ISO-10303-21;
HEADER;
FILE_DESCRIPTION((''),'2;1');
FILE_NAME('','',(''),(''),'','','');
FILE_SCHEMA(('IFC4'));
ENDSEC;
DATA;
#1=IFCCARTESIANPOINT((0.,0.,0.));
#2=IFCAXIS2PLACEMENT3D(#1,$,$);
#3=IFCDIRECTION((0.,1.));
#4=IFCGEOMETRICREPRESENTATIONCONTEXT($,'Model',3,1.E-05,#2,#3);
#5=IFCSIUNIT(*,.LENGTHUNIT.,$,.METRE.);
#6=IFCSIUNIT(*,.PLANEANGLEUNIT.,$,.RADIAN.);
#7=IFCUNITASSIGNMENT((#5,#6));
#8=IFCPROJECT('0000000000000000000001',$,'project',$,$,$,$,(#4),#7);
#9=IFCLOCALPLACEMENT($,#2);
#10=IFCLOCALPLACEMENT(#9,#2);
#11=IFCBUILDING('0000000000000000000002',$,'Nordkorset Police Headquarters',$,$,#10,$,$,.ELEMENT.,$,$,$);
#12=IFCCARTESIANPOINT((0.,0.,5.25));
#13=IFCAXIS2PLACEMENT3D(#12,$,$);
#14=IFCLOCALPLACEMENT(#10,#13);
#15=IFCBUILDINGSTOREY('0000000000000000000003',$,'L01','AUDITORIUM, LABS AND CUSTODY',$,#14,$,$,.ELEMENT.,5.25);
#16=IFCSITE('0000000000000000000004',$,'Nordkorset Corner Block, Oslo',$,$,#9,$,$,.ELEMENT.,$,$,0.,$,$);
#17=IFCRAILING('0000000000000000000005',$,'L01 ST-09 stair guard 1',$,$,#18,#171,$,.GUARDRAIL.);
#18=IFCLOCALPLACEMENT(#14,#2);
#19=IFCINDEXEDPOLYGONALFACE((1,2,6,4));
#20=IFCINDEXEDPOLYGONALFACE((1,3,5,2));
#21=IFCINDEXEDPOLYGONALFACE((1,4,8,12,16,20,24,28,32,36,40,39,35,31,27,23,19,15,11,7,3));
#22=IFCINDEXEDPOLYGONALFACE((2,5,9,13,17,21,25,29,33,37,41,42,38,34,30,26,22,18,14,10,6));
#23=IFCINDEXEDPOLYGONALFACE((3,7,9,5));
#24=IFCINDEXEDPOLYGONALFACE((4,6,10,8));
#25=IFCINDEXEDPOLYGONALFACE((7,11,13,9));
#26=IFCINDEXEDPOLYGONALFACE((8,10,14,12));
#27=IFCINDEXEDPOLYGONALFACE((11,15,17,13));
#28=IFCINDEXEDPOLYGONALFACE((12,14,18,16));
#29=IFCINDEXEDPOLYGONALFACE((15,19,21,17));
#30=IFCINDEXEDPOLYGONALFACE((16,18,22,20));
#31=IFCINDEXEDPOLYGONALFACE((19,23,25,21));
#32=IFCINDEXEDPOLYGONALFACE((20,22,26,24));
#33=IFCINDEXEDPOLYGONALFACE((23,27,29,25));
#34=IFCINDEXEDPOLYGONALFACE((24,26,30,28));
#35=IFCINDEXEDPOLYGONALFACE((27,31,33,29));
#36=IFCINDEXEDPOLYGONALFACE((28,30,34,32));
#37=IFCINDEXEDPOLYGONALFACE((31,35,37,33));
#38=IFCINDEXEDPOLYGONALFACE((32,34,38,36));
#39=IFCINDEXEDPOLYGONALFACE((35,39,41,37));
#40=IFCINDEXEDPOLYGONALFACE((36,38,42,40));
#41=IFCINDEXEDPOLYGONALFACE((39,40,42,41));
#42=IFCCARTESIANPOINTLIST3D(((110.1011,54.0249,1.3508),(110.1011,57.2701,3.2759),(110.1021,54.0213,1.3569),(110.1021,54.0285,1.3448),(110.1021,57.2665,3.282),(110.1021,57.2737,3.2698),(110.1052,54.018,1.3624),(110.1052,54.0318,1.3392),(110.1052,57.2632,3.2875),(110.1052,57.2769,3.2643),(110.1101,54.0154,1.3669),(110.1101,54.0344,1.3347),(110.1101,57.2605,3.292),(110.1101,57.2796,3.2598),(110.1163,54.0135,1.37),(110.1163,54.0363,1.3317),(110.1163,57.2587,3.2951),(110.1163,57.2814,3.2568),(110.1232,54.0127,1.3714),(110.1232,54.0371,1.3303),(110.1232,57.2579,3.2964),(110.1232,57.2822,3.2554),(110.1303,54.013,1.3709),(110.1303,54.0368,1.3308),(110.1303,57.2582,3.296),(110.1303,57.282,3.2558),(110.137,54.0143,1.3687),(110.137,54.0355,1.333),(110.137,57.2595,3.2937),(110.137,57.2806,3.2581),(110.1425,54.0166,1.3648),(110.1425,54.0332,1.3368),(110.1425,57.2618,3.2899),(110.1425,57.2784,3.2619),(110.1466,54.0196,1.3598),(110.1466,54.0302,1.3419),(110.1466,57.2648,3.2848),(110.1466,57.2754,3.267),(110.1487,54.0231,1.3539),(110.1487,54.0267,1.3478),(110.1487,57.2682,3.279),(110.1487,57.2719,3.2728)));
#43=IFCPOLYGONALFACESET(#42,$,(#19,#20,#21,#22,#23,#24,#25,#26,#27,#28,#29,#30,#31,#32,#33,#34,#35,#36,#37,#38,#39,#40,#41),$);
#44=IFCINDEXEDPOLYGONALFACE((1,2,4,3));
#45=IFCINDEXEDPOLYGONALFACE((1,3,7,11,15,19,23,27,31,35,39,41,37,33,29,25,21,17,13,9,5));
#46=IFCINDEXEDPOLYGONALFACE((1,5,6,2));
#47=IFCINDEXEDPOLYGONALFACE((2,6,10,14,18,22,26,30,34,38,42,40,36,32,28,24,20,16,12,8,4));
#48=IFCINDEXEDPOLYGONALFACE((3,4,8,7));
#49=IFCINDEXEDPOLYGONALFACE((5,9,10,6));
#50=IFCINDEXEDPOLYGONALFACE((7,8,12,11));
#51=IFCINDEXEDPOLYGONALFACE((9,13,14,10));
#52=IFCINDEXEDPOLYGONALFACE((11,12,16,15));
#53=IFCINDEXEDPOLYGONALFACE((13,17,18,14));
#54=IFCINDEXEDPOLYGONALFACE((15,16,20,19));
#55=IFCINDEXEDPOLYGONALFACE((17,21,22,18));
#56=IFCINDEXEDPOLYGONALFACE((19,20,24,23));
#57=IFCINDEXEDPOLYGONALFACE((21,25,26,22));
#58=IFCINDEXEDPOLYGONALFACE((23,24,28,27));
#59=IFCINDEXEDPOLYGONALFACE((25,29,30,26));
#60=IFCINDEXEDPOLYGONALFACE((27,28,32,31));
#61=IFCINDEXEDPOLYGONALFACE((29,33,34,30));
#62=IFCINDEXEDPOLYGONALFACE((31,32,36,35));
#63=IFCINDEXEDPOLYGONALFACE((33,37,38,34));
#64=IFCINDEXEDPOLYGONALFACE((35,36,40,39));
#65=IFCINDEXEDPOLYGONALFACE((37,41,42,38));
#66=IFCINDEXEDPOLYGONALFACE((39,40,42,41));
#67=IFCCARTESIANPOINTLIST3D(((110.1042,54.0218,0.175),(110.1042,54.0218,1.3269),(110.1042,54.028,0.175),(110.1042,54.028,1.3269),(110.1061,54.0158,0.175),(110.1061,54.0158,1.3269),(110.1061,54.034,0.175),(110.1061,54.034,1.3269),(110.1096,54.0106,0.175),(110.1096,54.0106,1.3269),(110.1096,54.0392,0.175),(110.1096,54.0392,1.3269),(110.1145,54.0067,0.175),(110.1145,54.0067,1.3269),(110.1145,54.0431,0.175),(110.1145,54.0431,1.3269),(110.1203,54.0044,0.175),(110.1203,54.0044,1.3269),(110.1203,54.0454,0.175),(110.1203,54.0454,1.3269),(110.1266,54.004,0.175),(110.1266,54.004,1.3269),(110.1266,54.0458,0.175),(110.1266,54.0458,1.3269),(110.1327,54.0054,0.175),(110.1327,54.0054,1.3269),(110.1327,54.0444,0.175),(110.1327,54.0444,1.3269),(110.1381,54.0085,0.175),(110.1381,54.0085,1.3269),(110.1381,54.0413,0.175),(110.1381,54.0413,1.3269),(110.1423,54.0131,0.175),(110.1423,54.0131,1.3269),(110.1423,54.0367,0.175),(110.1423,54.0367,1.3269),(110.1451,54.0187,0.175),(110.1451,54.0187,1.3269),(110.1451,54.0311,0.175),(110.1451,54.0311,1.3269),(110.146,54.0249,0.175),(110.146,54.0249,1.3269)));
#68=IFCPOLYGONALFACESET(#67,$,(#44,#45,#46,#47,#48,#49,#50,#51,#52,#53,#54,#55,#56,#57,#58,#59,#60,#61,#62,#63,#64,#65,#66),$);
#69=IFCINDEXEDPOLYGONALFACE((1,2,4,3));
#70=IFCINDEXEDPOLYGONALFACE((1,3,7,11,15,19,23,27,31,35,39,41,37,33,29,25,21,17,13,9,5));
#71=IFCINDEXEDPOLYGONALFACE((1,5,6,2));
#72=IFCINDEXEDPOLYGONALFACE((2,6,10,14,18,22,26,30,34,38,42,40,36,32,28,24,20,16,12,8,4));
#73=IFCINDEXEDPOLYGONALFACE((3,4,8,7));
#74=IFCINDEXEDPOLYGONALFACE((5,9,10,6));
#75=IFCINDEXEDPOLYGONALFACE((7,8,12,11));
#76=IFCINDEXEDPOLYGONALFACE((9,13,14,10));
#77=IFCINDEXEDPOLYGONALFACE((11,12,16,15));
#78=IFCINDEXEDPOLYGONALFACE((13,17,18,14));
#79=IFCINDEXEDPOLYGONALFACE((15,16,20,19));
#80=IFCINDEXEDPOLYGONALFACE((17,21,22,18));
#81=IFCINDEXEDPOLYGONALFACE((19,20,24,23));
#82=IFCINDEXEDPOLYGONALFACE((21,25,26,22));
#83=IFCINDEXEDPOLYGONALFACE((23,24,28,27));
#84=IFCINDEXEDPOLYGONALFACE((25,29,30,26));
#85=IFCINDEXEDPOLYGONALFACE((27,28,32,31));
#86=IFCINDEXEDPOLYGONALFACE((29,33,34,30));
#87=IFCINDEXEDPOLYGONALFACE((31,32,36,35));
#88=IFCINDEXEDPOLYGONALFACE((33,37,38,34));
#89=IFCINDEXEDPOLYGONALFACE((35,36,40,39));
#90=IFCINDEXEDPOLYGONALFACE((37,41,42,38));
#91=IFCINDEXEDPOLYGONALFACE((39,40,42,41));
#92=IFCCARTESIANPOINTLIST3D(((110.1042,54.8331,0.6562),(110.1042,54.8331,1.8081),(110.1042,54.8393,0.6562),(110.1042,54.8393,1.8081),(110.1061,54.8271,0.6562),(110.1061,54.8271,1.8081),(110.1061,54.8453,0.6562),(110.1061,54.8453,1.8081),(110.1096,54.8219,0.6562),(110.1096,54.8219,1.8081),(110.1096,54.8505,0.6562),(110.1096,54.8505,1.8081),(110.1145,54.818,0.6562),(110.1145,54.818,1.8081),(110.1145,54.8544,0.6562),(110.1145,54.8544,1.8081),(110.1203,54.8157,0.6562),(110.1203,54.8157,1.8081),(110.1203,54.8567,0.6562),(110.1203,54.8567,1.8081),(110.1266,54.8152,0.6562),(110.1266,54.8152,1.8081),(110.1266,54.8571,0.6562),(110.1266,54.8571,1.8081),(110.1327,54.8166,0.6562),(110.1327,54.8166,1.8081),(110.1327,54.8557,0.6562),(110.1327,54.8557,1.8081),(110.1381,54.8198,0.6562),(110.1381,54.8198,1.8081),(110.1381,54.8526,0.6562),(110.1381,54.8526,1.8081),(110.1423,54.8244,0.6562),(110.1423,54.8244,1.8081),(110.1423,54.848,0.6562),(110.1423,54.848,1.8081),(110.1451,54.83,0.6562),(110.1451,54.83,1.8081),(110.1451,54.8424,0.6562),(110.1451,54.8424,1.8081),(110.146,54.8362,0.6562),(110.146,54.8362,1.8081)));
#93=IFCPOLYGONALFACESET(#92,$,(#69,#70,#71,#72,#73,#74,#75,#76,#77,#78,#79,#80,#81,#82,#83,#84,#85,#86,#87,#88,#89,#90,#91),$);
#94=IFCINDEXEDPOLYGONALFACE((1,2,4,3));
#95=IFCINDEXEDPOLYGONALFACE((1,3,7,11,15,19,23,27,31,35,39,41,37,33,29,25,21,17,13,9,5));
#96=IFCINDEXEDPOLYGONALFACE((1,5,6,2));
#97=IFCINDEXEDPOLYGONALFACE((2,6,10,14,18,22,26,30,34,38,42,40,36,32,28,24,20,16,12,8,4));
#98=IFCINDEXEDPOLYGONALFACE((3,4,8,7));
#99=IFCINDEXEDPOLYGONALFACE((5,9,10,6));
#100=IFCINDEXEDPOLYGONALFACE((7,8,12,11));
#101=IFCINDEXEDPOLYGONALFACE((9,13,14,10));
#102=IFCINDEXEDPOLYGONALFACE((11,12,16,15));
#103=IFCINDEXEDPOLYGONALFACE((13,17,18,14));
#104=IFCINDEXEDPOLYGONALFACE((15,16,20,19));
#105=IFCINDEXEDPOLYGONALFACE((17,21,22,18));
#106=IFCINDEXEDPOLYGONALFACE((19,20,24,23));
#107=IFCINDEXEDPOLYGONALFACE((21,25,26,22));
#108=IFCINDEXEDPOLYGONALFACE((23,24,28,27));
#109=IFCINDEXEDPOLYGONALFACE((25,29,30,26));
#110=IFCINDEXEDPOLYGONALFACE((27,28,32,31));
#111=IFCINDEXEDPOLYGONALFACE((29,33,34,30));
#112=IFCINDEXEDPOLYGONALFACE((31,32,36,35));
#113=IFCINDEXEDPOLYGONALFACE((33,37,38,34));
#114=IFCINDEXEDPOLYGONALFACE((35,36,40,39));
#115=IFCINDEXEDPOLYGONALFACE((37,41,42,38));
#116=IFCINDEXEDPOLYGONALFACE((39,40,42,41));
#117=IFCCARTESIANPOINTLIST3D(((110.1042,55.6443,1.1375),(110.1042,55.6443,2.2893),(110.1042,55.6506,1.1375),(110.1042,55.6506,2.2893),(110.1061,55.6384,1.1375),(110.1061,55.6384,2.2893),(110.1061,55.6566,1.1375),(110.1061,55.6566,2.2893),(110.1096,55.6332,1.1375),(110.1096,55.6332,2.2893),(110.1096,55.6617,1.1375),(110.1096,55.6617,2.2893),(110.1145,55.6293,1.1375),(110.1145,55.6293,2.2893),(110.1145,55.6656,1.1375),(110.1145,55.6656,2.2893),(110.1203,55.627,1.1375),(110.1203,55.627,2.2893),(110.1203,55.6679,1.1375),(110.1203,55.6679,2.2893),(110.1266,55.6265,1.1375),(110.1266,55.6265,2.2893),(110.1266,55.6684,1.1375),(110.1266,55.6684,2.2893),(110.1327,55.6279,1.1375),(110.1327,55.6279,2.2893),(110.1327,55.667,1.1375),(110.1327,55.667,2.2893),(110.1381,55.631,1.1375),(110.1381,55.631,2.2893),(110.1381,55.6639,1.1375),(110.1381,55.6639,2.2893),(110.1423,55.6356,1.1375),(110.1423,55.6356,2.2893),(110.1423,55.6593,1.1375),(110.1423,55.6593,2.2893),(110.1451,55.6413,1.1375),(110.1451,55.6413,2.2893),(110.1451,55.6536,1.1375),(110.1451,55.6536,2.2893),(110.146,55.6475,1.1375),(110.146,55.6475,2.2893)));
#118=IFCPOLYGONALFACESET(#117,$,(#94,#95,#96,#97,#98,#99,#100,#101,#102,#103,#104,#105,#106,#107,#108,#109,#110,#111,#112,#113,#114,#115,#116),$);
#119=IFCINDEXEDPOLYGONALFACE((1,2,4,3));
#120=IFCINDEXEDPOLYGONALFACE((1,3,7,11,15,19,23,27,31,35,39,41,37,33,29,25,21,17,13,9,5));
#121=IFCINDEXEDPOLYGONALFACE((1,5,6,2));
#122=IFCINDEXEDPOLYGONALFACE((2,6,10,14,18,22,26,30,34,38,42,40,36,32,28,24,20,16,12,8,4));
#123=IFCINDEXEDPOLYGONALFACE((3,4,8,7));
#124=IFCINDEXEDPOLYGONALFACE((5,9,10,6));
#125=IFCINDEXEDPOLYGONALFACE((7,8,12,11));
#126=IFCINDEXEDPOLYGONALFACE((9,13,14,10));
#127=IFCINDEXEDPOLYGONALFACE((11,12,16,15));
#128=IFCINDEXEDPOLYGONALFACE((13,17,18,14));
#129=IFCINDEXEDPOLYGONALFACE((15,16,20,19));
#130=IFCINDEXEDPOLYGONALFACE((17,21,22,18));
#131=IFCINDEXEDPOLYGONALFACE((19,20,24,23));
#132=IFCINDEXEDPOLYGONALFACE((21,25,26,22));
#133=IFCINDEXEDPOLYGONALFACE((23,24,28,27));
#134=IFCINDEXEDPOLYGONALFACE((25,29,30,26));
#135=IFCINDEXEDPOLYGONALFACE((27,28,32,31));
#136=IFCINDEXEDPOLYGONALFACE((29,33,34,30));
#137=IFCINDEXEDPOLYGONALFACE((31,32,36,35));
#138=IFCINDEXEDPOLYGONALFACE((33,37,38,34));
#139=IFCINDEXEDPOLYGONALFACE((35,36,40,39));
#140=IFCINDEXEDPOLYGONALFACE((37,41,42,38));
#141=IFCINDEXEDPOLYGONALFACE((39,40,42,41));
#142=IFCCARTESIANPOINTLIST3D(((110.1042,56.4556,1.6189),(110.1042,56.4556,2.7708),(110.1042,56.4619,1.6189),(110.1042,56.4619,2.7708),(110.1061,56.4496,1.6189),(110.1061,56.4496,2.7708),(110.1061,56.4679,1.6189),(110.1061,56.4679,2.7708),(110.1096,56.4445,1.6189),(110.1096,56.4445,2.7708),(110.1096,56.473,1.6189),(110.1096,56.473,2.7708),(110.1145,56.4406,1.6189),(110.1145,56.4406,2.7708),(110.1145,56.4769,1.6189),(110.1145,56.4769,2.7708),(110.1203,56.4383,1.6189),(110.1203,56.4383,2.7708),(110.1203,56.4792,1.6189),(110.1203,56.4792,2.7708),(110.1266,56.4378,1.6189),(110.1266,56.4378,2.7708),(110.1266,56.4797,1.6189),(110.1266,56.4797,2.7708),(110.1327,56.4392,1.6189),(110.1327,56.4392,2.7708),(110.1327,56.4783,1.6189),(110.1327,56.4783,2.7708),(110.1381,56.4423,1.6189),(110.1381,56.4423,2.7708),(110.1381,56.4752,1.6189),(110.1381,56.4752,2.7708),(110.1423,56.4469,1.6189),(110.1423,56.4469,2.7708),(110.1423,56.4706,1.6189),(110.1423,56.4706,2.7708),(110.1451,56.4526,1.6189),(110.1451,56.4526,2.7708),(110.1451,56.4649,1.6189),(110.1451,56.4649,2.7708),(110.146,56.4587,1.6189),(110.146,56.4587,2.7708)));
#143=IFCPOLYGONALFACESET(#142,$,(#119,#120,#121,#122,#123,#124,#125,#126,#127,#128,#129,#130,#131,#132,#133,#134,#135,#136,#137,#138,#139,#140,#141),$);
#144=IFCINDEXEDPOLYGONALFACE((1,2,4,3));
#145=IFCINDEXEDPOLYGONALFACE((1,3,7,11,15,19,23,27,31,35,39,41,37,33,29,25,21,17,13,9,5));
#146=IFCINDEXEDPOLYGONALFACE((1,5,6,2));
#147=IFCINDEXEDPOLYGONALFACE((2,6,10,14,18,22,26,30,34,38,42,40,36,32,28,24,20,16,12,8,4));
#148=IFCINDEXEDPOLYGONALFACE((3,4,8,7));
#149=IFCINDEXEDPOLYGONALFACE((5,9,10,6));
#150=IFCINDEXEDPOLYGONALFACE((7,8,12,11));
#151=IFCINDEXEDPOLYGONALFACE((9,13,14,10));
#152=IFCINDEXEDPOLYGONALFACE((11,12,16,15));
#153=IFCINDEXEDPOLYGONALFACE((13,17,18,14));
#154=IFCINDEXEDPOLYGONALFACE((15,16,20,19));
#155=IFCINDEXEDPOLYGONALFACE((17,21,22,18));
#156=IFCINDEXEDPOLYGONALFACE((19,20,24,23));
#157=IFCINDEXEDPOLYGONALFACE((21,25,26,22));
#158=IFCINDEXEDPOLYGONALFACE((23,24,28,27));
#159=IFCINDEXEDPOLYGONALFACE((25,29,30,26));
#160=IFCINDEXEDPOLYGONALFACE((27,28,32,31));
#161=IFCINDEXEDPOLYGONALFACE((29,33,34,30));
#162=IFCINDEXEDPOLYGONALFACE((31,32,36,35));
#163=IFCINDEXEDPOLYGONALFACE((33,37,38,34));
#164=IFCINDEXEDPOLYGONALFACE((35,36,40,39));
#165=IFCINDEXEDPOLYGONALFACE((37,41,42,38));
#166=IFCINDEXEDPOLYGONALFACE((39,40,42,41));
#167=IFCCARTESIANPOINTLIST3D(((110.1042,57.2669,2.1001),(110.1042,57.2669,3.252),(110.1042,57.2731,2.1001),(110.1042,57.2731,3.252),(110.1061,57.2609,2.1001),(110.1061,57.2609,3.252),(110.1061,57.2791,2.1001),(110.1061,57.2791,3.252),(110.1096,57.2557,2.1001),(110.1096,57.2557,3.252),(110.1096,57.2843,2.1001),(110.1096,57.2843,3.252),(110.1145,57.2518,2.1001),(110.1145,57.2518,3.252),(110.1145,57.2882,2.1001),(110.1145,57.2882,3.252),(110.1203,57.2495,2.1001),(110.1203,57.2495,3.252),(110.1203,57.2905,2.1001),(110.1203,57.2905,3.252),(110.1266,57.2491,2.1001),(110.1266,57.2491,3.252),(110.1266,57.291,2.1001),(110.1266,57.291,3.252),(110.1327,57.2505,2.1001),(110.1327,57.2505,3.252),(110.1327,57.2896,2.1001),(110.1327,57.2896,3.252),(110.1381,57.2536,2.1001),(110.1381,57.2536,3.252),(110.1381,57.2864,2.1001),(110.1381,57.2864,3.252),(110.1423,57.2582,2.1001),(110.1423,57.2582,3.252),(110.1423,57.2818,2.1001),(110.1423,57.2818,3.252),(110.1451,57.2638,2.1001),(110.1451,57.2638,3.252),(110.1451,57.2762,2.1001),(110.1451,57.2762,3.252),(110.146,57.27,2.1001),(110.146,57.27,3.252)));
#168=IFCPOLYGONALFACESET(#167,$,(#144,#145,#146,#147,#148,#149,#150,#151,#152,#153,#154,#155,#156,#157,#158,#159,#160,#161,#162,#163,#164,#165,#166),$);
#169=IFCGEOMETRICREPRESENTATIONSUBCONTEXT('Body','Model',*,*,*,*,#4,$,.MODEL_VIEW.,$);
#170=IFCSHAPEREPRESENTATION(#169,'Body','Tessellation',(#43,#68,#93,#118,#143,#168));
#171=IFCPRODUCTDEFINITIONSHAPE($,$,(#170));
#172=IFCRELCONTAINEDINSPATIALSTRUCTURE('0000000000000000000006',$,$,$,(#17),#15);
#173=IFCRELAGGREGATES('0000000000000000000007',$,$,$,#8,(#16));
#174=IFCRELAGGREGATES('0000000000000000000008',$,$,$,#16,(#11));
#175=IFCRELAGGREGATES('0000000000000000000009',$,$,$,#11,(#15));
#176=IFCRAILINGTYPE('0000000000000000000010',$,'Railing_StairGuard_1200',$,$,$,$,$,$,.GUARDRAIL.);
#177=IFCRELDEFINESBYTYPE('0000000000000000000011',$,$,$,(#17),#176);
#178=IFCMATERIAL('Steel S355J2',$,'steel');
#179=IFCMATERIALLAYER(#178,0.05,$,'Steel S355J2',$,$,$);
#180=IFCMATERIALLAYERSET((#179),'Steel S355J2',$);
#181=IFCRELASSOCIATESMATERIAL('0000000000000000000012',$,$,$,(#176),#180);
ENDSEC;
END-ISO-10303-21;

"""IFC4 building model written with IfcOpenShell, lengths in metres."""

from ifc_helpers import new_model, si_unit, direction, frame, origin, origin_2d, place, context, subcontext, project, spatial, circle, extrude, material, layer, layer_set, type_object, element, save


model = new_model("IFC4")

# Units and contexts
model_context = context("Model", 3, precision=1e-05, world=origin(), true_north=direction((0.0, 1.0)))
body_context = subcontext(model_context, "Body", "Model", "MODEL_VIEW")
ifc_project = project(units=[si_unit("LENGTHUNIT", "METRE"), si_unit("PLANEANGLEUNIT", "RADIAN")], contexts=[model_context])

# Site, building, storey
site_placement = place(None, origin())
site = spatial("IfcSite", under=ifc_project, at=site_placement, Name="Nordkorset Corner Block, Oslo", CompositionType="ELEMENT", RefElevation=0.0)
building_placement = place(site_placement, origin())
building = spatial("IfcBuilding", under=site, at=building_placement, Name="Nordkorset Police Headquarters", CompositionType="ELEMENT")
storey_placement = place(building_placement, frame((0.0, 0.0, 5.25)))
storey = spatial("IfcBuildingStorey", under=building, at=storey_placement, Name="L01", Description="AUDITORIUM, LABS AND CUSTODY", CompositionType="ELEMENT", Elevation=5.25)

# Railing
ifc_material_1 = material(Name="Steel S355J2", Category="steel")
ifc_layer_1 = layer(ifc_material_1, 0.05, Name="Steel S355J2")
ifc_layer_set_1 = layer_set([ifc_layer_1], Name="Steel S355J2")
railing_type_1 = type_object("IfcRailingType", Name="Railing_StairGuard_1200", PredefinedType="GUARDRAIL", material=ifc_layer_set_1)
railing_1_placement = place(storey_placement, frame((110.125, 54.0249, 0.175)))
element("IfcRailing", 1, at=railing_1_placement, inside=storey, type_object=railing_type_1, Name="L01 ST-09 stair guard 1", PredefinedType="GUARDRAIL", context=body_context, shape_type="SweptSolid", body=[
    extrude(circle(Radius=0.0239, at=origin_2d()), frame((0.0, 0.0, 1.1758), z_axis=(0.0, 0.860057, 0.510198), x_axis=(-1.0, 0.0, 0.0)), (0.0, 0.0, 1.0), 3.7732),
    extrude(circle(Radius=0.021, at=origin_2d()), origin(), (0.0, 0.0, 1.0), 1.1519),
    extrude(circle(Radius=0.021, at=origin_2d()), frame((0.0, 0.8113, 0.4812)), (0.0, 0.0, 1.0), 1.1519),
    extrude(circle(Radius=0.021, at=origin_2d()), frame((0.0, 1.6226, 0.9624)), (0.0, 0.0, 1.0), 1.1519),
    extrude(circle(Radius=0.021, at=origin_2d()), frame((0.0, 2.4338, 1.4438)), (0.0, 0.0, 1.0), 1.1519),
    extrude(circle(Radius=0.021, at=origin_2d()), frame((0.0, 3.2451, 1.925)), (0.0, 0.0, 1.0), 1.1519),
])

save(model, "model.ifc")
